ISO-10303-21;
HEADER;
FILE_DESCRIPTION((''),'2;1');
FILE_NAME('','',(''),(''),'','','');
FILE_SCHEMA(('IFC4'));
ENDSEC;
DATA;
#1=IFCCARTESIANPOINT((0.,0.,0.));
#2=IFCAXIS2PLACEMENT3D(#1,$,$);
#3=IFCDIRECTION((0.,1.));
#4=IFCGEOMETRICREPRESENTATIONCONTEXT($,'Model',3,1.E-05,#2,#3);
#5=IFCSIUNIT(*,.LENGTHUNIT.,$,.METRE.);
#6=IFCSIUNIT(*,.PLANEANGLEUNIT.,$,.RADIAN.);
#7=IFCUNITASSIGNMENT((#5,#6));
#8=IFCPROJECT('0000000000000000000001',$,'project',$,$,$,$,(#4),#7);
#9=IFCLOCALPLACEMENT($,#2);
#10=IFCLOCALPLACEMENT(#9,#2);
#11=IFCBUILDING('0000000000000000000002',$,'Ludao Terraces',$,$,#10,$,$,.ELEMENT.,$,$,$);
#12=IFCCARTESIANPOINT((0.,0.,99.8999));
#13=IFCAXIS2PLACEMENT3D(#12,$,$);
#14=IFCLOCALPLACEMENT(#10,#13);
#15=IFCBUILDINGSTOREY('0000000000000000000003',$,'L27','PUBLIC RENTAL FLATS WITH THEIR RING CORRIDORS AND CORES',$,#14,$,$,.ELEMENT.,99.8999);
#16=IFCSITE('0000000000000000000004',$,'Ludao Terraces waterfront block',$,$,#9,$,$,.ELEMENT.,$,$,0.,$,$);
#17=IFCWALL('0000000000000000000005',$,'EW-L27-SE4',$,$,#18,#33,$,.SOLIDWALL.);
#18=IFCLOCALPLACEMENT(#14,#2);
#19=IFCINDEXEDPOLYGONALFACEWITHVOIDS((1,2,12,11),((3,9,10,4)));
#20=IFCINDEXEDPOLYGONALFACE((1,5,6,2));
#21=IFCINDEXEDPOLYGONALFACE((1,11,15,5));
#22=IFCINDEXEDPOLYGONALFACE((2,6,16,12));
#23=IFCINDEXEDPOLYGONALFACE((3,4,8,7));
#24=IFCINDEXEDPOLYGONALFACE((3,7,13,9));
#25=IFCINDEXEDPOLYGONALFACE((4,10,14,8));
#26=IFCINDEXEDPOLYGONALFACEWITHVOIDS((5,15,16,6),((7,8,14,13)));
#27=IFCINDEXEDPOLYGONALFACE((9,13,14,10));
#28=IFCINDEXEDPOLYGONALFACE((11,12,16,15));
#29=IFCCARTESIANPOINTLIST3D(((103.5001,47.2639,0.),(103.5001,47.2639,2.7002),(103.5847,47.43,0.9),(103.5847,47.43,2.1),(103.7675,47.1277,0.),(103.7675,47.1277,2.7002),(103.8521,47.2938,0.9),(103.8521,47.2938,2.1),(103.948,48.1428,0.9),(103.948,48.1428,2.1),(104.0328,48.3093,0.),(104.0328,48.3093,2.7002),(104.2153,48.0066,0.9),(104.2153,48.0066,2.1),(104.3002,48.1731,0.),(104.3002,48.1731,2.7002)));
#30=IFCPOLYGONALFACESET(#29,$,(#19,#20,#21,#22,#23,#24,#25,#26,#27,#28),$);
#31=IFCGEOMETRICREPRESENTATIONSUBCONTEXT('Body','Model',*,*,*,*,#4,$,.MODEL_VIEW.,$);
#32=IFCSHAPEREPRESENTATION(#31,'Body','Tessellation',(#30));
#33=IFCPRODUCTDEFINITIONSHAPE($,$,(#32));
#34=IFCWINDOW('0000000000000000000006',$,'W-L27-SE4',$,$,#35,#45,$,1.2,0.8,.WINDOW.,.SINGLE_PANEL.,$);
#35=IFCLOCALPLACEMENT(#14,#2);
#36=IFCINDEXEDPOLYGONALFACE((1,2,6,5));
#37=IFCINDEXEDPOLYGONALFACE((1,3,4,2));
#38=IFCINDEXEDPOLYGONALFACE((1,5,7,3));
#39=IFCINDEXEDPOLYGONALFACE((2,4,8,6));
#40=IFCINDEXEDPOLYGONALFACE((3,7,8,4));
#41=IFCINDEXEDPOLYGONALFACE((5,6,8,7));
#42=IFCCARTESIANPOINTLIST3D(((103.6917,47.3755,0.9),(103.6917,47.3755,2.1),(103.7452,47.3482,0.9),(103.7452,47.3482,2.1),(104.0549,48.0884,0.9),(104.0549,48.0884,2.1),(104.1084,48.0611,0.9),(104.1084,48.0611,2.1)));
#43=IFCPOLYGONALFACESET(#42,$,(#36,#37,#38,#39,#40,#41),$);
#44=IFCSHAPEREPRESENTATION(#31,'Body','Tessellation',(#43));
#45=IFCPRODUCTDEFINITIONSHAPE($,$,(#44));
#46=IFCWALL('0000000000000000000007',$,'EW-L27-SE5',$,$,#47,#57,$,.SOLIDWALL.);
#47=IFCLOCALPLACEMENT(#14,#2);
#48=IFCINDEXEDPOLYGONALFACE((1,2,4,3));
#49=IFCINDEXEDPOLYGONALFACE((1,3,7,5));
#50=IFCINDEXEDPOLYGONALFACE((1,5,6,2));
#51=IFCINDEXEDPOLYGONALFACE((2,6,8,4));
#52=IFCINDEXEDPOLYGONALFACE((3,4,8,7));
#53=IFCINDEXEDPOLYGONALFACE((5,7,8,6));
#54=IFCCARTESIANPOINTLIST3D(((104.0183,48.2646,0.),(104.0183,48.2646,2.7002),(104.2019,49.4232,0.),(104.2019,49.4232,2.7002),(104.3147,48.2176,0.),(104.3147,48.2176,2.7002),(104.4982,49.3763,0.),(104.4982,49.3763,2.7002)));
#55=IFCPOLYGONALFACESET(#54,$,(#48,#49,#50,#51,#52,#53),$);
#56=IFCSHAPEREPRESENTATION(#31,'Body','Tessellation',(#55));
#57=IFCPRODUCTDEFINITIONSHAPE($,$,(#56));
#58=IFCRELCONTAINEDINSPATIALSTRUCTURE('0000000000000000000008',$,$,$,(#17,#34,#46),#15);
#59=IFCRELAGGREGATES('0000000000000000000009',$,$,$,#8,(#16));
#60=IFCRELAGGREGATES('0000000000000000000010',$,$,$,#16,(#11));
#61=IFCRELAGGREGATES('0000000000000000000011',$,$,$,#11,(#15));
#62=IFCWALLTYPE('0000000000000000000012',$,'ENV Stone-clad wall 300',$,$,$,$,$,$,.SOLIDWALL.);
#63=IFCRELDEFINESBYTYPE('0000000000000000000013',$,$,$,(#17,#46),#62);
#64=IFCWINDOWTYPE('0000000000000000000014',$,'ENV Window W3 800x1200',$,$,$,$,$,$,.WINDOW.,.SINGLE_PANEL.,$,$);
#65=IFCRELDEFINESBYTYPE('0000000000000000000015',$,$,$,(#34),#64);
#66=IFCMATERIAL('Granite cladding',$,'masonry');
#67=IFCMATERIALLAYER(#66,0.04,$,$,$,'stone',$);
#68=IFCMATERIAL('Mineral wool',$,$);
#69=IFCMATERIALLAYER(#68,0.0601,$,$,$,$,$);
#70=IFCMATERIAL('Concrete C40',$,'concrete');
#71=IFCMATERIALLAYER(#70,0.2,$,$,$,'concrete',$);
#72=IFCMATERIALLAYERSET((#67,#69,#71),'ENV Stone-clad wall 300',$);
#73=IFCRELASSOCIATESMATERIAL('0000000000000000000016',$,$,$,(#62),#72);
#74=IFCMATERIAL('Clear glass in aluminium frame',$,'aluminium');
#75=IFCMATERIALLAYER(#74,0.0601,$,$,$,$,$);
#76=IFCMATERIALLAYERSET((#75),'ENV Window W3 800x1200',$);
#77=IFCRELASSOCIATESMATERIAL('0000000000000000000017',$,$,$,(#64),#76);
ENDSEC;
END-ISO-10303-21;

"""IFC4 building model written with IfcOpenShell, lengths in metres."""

from ifc_helpers import new_model, si_unit, direction, frame, frame_2d, origin, place, context, subcontext, project, spatial, rectangle, extrude, material, layer, layer_set, type_object, element, fill, save


model = new_model("IFC4")

# Units and contexts
model_context = context("Model", 3, precision=1e-05, world=origin(), true_north=direction((0.0, 1.0)))
body_context = subcontext(model_context, "Body", "Model", "MODEL_VIEW")
ifc_project = project(units=[si_unit("LENGTHUNIT", "METRE"), si_unit("PLANEANGLEUNIT", "RADIAN")], contexts=[model_context])

# Site, building, storey
site_placement = place(None, origin())
site = spatial("IfcSite", under=ifc_project, at=site_placement, Name="Ludao Terraces waterfront block", CompositionType="ELEMENT", RefElevation=0.0)
building_placement = place(site_placement, origin())
building = spatial("IfcBuilding", under=site, at=building_placement, Name="Ludao Terraces", CompositionType="ELEMENT")
storey_placement = place(building_placement, frame((0.0, 0.0, 99.8999)))
storey = spatial("IfcBuildingStorey", under=building, at=storey_placement, Name="L27", Description="PUBLIC RENTAL FLATS WITH THEIR RING CORRIDORS AND CORES", CompositionType="ELEMENT", Elevation=99.8999)

# Shared definitions
ifc_material_1 = material(Name="Concrete C40", Category="concrete")

# Wall, opening, window
ifc_material_2 = material(Name="Granite cladding", Category="masonry")
ifc_layer_1 = layer(ifc_material_2, 0.04, Category="stone")
ifc_material_3 = material(Name="Mineral wool")
ifc_layer_2 = layer(ifc_material_3, 0.0601)
ifc_layer_3 = layer(ifc_material_1, 0.2, Category="concrete")
ifc_layer_set_1 = layer_set([ifc_layer_1, ifc_layer_2, ifc_layer_3], Name="ENV Stone-clad wall 300")
wall_type_1 = type_object("IfcWallType", Name="ENV Stone-clad wall 300", PredefinedType="SOLIDWALL", material=ifc_layer_set_1)
ifc_material_4 = material(Name="Clear glass in aluminium frame", Category="aluminium")
ifc_layer_4 = layer(ifc_material_4, 0.0601)
ifc_layer_set_2 = layer_set([ifc_layer_4], Name="ENV Window W3 800x1200")
window_type_1 = type_object("IfcWindowType", Name="ENV Window W3 800x1200", PartitioningType="SINGLE_PANEL", PredefinedType="WINDOW", material=ifc_layer_set_2)
wall_1_placement = place(storey_placement, frame((103.6338, 47.1958, 0.0), z_axis=(0.0, 0.0, 1.0), x_axis=(0.454026, 0.890989, 0.0)))
wall_1 = element("IfcWall", 1, at=wall_1_placement, inside=storey, type_object=wall_type_1, Name="EW-L27-SE4", PredefinedType="SOLIDWALL", context=body_context, shape_type="SweptSolid", body=[
    extrude(rectangle(XDim=1.1733, YDim=0.3, at=frame_2d((0.5867, 0.0))), origin(), (0.0, 0.0, 1.0), 2.7002),
])
opening_1_placement = place(wall_1_placement, frame((0.1865, 0.0, 0.8999)))
opening_1 = element("IfcOpeningElement", 2, at=opening_1_placement, cuts=wall_1, PredefinedType="OPENING", context=body_context, shape_type="SweptSolid", body=[
    extrude(rectangle(XDim=0.8, YDim=1.2, at=frame_2d((0.3999, 0.6001))), frame((0.0, 0.1602, 0.0), z_axis=(0.0, -1.0, 0.0), x_axis=(1.0, 0.0, 0.0)), (0.0, 0.0, 1.0), 0.3201),
])
window_1_placement = place(opening_1_placement, origin())
window_1 = element("IfcWindow", 3, at=window_1_placement, inside=storey, type_object=window_type_1, Name="W-L27-SE4", OverallHeight=1.2, OverallWidth=0.8, PartitioningType="SINGLE_PANEL", PredefinedType="WINDOW", context=body_context, shape_type="SweptSolid", body=[
    extrude(rectangle(XDim=0.8, YDim=1.2, at=frame_2d((0.3999, 0.6001))), frame((0.0, 0.03, 0.0), z_axis=(0.0, -1.0, 0.0), x_axis=(1.0, 0.0, 0.0)), (0.0, 0.0, 1.0), 0.0601),
])
fill(opening_1, window_1)

# Wall
wall_2_placement = place(storey_placement, frame((104.1665, 48.2412, 0.0), z_axis=(0.0, 0.0, 1.0), x_axis=(0.156497, 0.987678, 0.0)))
element("IfcWall", 4, at=wall_2_placement, inside=storey, type_object=wall_type_1, Name="EW-L27-SE5", PredefinedType="SOLIDWALL", context=body_context, shape_type="SweptSolid", body=[
    extrude(rectangle(XDim=1.1731, YDim=0.3, at=frame_2d((0.5864, 0.0))), origin(), (0.0, 0.0, 1.0), 2.7002),
])

save(model, "model.ifc")
